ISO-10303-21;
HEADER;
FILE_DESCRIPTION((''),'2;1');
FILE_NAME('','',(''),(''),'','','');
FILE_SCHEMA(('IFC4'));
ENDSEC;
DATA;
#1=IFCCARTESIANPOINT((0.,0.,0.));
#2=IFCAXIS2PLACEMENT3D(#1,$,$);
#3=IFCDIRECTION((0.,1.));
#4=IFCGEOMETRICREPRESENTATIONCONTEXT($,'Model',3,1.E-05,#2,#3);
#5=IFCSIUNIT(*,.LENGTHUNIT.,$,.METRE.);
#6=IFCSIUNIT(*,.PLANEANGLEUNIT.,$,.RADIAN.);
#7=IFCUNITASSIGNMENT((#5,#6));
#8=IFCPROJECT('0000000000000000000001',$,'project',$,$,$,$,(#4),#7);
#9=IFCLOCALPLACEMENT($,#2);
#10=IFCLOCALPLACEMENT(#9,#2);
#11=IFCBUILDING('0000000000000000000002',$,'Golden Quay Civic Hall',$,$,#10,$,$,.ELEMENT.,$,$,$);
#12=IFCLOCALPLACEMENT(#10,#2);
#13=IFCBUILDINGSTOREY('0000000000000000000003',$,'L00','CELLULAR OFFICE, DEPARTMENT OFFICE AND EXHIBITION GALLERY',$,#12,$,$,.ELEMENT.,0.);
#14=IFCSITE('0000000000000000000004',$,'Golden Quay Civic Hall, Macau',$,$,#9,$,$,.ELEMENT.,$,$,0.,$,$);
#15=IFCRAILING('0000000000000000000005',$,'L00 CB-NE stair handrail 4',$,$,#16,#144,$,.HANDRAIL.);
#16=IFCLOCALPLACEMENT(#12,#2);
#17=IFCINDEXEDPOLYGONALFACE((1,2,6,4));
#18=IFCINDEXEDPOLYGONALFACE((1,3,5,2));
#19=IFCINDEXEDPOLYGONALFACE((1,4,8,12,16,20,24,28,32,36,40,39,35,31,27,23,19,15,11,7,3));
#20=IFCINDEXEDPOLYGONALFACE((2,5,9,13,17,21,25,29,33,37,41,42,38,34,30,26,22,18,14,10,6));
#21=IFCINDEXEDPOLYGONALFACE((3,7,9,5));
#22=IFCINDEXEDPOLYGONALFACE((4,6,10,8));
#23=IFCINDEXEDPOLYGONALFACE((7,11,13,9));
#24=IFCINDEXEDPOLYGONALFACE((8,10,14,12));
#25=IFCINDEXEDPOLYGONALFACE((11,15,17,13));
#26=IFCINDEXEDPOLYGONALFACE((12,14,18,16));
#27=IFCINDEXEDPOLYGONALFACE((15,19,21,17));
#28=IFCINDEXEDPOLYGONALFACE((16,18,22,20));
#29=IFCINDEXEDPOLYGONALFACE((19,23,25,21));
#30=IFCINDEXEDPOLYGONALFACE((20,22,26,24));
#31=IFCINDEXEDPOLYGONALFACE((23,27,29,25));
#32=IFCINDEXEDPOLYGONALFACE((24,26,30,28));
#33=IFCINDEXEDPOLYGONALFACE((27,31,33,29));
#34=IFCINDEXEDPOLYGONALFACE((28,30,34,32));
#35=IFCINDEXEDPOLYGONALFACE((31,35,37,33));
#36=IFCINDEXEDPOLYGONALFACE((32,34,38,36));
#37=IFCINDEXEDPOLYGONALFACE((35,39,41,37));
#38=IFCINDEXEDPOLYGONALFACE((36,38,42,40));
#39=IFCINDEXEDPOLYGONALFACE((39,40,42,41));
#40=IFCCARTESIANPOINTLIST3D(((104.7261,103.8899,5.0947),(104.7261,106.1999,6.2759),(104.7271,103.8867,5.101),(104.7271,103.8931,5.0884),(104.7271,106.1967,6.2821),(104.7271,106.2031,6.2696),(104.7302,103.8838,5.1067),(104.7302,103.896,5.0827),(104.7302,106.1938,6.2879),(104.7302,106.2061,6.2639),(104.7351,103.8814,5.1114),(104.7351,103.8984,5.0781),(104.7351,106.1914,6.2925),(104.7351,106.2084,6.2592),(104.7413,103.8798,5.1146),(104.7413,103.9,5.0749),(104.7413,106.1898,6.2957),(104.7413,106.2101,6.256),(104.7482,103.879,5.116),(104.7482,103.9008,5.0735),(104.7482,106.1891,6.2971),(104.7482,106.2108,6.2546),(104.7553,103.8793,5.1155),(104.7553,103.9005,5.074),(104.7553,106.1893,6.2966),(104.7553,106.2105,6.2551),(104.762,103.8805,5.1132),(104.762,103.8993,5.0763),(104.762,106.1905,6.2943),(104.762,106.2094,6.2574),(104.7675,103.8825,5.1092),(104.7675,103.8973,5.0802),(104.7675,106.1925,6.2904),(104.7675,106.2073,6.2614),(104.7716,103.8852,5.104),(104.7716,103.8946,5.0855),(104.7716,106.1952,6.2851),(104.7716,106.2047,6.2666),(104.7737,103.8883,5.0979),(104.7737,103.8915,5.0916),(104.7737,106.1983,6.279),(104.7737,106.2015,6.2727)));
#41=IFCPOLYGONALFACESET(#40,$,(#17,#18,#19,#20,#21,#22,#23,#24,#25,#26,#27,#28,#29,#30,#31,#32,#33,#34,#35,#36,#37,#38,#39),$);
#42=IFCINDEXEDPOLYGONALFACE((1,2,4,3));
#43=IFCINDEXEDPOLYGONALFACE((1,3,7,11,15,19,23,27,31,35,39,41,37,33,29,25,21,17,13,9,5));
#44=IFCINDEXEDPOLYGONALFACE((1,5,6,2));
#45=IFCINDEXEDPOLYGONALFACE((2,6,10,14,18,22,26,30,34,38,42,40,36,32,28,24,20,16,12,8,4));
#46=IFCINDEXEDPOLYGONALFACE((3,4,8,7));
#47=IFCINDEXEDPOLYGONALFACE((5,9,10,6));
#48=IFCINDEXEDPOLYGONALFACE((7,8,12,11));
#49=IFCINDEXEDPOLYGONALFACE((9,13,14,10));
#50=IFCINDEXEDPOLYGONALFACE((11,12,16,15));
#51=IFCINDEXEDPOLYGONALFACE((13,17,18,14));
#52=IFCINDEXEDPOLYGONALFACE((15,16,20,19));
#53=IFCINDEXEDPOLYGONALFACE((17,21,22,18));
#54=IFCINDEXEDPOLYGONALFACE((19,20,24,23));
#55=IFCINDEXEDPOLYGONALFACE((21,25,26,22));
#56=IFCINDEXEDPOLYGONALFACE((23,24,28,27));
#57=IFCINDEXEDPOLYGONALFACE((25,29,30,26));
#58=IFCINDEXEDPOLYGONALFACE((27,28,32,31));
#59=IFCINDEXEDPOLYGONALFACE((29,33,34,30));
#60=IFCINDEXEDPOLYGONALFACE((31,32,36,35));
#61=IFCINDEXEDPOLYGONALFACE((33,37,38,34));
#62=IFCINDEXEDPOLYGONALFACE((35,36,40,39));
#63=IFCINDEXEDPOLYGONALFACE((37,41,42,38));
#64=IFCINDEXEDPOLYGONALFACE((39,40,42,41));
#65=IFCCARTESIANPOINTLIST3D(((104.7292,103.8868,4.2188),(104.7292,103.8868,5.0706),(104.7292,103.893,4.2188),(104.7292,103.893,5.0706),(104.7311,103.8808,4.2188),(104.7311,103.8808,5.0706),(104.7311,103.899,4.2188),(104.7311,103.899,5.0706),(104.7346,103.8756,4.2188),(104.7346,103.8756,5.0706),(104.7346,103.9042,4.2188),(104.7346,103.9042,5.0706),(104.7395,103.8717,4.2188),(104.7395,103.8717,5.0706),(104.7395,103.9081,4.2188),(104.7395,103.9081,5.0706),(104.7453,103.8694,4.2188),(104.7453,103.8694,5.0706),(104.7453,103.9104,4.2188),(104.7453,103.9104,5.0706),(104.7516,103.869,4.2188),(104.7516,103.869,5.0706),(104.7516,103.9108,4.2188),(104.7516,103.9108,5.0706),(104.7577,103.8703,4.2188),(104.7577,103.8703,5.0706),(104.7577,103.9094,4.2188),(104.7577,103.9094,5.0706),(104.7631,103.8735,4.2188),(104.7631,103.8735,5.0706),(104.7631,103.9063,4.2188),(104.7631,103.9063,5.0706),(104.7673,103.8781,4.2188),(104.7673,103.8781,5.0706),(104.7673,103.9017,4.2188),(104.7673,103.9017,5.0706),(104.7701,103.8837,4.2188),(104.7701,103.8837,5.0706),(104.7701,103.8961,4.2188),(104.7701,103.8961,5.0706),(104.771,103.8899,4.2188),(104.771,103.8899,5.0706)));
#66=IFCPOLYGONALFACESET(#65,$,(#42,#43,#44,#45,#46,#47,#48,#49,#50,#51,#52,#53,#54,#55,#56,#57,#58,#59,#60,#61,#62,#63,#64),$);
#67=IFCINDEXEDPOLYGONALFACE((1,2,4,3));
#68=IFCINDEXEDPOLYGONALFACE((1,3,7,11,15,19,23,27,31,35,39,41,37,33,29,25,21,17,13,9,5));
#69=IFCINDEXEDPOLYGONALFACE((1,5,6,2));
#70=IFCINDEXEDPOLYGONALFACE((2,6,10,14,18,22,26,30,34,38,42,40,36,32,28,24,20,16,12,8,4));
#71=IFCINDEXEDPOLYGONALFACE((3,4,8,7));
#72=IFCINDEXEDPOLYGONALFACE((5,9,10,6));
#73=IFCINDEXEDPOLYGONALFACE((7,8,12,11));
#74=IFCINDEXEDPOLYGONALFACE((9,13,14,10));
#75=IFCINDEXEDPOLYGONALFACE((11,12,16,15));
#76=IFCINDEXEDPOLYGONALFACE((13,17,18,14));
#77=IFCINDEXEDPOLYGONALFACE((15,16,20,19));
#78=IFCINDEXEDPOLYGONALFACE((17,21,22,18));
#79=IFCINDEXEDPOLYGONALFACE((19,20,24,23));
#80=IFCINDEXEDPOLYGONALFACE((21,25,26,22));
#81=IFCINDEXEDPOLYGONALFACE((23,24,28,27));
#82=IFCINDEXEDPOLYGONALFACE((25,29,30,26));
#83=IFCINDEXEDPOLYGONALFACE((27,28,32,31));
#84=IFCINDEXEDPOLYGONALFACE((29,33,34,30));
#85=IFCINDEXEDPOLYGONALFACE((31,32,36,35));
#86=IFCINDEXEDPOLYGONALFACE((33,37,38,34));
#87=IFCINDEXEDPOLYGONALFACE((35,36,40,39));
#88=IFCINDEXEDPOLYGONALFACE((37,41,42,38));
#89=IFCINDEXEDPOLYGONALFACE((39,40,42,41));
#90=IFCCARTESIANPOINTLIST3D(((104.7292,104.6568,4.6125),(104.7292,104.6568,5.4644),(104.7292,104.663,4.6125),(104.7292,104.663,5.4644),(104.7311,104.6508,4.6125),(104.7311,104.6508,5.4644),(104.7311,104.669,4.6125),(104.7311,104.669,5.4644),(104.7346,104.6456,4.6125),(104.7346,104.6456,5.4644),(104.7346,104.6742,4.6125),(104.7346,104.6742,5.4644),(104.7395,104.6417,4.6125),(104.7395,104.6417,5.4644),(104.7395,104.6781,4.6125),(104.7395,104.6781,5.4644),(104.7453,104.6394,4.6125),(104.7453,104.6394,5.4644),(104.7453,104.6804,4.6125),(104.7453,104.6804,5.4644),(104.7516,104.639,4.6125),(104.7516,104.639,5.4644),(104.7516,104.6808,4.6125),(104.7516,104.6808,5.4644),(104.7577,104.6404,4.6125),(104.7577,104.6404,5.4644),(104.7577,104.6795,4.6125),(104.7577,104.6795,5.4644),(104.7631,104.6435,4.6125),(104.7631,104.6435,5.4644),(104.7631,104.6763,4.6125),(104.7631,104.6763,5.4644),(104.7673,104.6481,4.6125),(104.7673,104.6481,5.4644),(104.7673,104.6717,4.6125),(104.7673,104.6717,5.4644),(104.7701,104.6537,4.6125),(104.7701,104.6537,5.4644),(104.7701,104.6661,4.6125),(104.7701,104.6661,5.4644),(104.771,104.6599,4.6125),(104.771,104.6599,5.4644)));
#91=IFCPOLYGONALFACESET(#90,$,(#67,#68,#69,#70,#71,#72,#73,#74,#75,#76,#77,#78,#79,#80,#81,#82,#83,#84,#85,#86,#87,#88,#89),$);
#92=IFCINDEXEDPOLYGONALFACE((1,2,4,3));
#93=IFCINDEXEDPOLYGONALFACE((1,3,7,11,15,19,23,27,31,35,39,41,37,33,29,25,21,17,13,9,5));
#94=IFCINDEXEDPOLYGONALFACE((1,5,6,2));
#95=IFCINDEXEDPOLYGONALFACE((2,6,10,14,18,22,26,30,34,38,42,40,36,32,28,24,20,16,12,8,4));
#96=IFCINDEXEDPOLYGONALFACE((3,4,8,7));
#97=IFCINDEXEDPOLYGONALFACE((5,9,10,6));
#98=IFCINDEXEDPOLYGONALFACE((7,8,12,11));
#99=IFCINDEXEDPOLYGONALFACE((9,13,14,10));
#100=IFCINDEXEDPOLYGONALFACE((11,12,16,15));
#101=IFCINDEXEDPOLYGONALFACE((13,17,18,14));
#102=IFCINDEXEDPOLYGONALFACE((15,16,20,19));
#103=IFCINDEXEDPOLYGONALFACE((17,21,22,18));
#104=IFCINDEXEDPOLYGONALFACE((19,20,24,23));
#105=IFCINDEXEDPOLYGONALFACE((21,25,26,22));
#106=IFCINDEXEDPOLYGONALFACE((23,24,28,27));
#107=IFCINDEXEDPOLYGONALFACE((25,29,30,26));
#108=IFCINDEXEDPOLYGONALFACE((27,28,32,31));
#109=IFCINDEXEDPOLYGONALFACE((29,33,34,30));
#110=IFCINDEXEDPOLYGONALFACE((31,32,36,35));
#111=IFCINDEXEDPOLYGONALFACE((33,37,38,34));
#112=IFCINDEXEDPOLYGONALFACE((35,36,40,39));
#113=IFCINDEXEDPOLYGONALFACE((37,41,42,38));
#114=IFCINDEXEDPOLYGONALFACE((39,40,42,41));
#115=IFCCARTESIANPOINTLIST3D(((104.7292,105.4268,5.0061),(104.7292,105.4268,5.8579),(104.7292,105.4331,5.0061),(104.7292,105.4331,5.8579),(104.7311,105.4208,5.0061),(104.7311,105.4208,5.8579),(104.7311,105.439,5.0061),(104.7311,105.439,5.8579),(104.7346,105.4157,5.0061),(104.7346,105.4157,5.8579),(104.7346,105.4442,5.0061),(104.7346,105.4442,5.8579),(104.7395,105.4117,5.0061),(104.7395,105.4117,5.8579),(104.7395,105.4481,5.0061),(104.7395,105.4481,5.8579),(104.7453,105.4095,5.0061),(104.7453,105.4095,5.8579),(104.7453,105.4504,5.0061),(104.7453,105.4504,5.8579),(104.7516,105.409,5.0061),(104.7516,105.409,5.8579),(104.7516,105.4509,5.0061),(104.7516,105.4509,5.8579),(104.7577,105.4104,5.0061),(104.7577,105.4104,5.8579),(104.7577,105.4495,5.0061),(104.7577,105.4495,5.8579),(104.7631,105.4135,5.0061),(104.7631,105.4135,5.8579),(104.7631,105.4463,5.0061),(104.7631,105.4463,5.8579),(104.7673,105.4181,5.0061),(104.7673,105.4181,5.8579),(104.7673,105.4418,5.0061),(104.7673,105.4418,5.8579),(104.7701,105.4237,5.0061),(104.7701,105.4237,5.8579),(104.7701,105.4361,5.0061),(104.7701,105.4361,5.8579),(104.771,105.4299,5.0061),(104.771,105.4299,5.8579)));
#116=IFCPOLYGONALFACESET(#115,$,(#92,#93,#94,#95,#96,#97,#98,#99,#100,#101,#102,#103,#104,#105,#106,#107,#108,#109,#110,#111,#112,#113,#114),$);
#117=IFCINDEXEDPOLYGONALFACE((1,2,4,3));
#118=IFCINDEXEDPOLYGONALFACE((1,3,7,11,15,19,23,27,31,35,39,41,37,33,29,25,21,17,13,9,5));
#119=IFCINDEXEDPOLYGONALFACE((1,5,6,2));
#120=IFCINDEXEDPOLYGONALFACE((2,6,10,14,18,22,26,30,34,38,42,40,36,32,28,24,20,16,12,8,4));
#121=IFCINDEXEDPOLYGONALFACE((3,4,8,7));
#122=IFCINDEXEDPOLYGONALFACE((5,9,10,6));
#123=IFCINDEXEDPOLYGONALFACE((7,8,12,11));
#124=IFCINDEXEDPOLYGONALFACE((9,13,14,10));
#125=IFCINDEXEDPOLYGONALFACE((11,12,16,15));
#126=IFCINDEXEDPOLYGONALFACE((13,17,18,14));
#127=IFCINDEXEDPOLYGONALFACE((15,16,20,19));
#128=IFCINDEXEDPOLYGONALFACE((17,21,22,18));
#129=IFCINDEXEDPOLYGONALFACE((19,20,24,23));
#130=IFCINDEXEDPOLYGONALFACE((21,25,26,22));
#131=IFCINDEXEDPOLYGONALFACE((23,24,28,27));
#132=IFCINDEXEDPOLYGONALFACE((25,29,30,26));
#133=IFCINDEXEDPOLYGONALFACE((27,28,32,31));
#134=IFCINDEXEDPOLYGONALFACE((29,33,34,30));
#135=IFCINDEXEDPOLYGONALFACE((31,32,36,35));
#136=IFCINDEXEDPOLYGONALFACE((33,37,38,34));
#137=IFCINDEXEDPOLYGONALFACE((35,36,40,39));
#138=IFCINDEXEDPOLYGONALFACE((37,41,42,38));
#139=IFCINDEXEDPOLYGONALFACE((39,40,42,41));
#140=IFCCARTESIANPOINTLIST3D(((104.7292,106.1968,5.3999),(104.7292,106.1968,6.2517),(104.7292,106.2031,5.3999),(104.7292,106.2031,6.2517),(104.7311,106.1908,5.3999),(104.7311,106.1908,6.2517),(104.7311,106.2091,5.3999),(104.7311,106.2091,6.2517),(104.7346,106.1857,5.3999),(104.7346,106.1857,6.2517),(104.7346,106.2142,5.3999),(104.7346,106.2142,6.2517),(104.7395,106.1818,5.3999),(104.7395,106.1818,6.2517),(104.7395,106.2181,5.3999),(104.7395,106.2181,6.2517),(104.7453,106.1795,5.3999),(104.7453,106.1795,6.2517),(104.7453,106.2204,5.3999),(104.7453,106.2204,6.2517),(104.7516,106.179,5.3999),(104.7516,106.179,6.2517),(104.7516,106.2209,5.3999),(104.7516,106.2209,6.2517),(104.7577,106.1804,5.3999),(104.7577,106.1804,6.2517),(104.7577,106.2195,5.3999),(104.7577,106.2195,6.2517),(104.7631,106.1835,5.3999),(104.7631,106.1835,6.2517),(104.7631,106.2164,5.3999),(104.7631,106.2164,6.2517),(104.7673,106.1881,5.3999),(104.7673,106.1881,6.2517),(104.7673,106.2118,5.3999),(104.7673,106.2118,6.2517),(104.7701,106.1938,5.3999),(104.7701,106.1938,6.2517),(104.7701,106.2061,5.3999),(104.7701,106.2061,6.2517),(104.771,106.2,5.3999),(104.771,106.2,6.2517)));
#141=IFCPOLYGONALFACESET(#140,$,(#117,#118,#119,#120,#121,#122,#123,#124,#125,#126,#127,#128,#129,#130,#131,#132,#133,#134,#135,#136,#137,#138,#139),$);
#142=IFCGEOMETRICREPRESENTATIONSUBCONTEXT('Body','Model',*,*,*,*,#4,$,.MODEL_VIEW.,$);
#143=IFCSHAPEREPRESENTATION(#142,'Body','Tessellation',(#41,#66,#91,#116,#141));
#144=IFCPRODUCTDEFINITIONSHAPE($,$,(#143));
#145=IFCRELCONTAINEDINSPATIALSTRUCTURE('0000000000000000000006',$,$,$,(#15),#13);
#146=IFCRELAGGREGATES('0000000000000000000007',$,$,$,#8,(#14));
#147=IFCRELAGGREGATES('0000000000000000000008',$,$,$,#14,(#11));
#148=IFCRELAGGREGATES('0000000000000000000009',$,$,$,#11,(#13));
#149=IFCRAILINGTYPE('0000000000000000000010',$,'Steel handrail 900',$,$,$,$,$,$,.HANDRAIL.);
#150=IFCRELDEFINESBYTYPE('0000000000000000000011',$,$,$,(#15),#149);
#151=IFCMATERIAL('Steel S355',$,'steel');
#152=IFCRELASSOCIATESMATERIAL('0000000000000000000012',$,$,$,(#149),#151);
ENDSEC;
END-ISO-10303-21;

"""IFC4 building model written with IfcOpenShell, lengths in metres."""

from ifc_helpers import new_model, si_unit, direction, frame, origin, origin_2d, place, context, subcontext, project, spatial, circle, extrude, material, type_object, element, save


model = new_model("IFC4")

# Units and contexts
model_context = context("Model", 3, precision=1e-05, world=origin(), true_north=direction((0.0, 1.0)))
body_context = subcontext(model_context, "Body", "Model", "MODEL_VIEW")
ifc_project = project(units=[si_unit("LENGTHUNIT", "METRE"), si_unit("PLANEANGLEUNIT", "RADIAN")], contexts=[model_context])

# Site, building, storey
site_placement = place(None, origin())
site = spatial("IfcSite", under=ifc_project, at=site_placement, Name="Golden Quay Civic Hall, Macau", CompositionType="ELEMENT", RefElevation=0.0)
building_placement = place(site_placement, origin())
building = spatial("IfcBuilding", under=site, at=building_placement, Name="Golden Quay Civic Hall", CompositionType="ELEMENT")
storey_placement = place(building_placement, origin())
storey = spatial("IfcBuildingStorey", under=building, at=storey_placement, Name="L00", Description="CELLULAR OFFICE, DEPARTMENT OFFICE AND EXHIBITION GALLERY", CompositionType="ELEMENT", Elevation=0.0)

# Railing
ifc_material_1 = material(Name="Steel S355", Category="steel")
railing_type_1 = type_object("IfcRailingType", Name="Steel handrail 900", PredefinedType="HANDRAIL", material=ifc_material_1)
railing_1_placement = place(storey_placement, frame((104.75, 103.8899, 4.2188)))
element("IfcRailing", 1, at=railing_1_placement, inside=storey, type_object=railing_type_1, Name="L00 CB-NE stair handrail 4", PredefinedType="HANDRAIL", context=body_context, shape_type="SweptSolid", body=[
    extrude(circle(Radius=0.0239, at=origin_2d()), frame((0.0, 0.0, 0.876), z_axis=(0.0, 0.890363, 0.45525), x_axis=(-1.0, 0.0, 0.0)), (0.0, 0.0, 1.0), 2.5945),
    extrude(circle(Radius=0.021, at=origin_2d()), origin(), (0.0, 0.0, 1.0), 0.8518),
    extrude(circle(Radius=0.021, at=origin_2d()), frame((0.0, 0.77, 0.3938)), (0.0, 0.0, 1.0), 0.8518),
    extrude(circle(Radius=0.021, at=origin_2d()), frame((0.0, 1.54, 0.7874)), (0.0, 0.0, 1.0), 0.8518),
    extrude(circle(Radius=0.021, at=origin_2d()), frame((0.0, 2.3101, 1.1812)), (0.0, 0.0, 1.0), 0.8518),
])

save(model, "model.ifc")
